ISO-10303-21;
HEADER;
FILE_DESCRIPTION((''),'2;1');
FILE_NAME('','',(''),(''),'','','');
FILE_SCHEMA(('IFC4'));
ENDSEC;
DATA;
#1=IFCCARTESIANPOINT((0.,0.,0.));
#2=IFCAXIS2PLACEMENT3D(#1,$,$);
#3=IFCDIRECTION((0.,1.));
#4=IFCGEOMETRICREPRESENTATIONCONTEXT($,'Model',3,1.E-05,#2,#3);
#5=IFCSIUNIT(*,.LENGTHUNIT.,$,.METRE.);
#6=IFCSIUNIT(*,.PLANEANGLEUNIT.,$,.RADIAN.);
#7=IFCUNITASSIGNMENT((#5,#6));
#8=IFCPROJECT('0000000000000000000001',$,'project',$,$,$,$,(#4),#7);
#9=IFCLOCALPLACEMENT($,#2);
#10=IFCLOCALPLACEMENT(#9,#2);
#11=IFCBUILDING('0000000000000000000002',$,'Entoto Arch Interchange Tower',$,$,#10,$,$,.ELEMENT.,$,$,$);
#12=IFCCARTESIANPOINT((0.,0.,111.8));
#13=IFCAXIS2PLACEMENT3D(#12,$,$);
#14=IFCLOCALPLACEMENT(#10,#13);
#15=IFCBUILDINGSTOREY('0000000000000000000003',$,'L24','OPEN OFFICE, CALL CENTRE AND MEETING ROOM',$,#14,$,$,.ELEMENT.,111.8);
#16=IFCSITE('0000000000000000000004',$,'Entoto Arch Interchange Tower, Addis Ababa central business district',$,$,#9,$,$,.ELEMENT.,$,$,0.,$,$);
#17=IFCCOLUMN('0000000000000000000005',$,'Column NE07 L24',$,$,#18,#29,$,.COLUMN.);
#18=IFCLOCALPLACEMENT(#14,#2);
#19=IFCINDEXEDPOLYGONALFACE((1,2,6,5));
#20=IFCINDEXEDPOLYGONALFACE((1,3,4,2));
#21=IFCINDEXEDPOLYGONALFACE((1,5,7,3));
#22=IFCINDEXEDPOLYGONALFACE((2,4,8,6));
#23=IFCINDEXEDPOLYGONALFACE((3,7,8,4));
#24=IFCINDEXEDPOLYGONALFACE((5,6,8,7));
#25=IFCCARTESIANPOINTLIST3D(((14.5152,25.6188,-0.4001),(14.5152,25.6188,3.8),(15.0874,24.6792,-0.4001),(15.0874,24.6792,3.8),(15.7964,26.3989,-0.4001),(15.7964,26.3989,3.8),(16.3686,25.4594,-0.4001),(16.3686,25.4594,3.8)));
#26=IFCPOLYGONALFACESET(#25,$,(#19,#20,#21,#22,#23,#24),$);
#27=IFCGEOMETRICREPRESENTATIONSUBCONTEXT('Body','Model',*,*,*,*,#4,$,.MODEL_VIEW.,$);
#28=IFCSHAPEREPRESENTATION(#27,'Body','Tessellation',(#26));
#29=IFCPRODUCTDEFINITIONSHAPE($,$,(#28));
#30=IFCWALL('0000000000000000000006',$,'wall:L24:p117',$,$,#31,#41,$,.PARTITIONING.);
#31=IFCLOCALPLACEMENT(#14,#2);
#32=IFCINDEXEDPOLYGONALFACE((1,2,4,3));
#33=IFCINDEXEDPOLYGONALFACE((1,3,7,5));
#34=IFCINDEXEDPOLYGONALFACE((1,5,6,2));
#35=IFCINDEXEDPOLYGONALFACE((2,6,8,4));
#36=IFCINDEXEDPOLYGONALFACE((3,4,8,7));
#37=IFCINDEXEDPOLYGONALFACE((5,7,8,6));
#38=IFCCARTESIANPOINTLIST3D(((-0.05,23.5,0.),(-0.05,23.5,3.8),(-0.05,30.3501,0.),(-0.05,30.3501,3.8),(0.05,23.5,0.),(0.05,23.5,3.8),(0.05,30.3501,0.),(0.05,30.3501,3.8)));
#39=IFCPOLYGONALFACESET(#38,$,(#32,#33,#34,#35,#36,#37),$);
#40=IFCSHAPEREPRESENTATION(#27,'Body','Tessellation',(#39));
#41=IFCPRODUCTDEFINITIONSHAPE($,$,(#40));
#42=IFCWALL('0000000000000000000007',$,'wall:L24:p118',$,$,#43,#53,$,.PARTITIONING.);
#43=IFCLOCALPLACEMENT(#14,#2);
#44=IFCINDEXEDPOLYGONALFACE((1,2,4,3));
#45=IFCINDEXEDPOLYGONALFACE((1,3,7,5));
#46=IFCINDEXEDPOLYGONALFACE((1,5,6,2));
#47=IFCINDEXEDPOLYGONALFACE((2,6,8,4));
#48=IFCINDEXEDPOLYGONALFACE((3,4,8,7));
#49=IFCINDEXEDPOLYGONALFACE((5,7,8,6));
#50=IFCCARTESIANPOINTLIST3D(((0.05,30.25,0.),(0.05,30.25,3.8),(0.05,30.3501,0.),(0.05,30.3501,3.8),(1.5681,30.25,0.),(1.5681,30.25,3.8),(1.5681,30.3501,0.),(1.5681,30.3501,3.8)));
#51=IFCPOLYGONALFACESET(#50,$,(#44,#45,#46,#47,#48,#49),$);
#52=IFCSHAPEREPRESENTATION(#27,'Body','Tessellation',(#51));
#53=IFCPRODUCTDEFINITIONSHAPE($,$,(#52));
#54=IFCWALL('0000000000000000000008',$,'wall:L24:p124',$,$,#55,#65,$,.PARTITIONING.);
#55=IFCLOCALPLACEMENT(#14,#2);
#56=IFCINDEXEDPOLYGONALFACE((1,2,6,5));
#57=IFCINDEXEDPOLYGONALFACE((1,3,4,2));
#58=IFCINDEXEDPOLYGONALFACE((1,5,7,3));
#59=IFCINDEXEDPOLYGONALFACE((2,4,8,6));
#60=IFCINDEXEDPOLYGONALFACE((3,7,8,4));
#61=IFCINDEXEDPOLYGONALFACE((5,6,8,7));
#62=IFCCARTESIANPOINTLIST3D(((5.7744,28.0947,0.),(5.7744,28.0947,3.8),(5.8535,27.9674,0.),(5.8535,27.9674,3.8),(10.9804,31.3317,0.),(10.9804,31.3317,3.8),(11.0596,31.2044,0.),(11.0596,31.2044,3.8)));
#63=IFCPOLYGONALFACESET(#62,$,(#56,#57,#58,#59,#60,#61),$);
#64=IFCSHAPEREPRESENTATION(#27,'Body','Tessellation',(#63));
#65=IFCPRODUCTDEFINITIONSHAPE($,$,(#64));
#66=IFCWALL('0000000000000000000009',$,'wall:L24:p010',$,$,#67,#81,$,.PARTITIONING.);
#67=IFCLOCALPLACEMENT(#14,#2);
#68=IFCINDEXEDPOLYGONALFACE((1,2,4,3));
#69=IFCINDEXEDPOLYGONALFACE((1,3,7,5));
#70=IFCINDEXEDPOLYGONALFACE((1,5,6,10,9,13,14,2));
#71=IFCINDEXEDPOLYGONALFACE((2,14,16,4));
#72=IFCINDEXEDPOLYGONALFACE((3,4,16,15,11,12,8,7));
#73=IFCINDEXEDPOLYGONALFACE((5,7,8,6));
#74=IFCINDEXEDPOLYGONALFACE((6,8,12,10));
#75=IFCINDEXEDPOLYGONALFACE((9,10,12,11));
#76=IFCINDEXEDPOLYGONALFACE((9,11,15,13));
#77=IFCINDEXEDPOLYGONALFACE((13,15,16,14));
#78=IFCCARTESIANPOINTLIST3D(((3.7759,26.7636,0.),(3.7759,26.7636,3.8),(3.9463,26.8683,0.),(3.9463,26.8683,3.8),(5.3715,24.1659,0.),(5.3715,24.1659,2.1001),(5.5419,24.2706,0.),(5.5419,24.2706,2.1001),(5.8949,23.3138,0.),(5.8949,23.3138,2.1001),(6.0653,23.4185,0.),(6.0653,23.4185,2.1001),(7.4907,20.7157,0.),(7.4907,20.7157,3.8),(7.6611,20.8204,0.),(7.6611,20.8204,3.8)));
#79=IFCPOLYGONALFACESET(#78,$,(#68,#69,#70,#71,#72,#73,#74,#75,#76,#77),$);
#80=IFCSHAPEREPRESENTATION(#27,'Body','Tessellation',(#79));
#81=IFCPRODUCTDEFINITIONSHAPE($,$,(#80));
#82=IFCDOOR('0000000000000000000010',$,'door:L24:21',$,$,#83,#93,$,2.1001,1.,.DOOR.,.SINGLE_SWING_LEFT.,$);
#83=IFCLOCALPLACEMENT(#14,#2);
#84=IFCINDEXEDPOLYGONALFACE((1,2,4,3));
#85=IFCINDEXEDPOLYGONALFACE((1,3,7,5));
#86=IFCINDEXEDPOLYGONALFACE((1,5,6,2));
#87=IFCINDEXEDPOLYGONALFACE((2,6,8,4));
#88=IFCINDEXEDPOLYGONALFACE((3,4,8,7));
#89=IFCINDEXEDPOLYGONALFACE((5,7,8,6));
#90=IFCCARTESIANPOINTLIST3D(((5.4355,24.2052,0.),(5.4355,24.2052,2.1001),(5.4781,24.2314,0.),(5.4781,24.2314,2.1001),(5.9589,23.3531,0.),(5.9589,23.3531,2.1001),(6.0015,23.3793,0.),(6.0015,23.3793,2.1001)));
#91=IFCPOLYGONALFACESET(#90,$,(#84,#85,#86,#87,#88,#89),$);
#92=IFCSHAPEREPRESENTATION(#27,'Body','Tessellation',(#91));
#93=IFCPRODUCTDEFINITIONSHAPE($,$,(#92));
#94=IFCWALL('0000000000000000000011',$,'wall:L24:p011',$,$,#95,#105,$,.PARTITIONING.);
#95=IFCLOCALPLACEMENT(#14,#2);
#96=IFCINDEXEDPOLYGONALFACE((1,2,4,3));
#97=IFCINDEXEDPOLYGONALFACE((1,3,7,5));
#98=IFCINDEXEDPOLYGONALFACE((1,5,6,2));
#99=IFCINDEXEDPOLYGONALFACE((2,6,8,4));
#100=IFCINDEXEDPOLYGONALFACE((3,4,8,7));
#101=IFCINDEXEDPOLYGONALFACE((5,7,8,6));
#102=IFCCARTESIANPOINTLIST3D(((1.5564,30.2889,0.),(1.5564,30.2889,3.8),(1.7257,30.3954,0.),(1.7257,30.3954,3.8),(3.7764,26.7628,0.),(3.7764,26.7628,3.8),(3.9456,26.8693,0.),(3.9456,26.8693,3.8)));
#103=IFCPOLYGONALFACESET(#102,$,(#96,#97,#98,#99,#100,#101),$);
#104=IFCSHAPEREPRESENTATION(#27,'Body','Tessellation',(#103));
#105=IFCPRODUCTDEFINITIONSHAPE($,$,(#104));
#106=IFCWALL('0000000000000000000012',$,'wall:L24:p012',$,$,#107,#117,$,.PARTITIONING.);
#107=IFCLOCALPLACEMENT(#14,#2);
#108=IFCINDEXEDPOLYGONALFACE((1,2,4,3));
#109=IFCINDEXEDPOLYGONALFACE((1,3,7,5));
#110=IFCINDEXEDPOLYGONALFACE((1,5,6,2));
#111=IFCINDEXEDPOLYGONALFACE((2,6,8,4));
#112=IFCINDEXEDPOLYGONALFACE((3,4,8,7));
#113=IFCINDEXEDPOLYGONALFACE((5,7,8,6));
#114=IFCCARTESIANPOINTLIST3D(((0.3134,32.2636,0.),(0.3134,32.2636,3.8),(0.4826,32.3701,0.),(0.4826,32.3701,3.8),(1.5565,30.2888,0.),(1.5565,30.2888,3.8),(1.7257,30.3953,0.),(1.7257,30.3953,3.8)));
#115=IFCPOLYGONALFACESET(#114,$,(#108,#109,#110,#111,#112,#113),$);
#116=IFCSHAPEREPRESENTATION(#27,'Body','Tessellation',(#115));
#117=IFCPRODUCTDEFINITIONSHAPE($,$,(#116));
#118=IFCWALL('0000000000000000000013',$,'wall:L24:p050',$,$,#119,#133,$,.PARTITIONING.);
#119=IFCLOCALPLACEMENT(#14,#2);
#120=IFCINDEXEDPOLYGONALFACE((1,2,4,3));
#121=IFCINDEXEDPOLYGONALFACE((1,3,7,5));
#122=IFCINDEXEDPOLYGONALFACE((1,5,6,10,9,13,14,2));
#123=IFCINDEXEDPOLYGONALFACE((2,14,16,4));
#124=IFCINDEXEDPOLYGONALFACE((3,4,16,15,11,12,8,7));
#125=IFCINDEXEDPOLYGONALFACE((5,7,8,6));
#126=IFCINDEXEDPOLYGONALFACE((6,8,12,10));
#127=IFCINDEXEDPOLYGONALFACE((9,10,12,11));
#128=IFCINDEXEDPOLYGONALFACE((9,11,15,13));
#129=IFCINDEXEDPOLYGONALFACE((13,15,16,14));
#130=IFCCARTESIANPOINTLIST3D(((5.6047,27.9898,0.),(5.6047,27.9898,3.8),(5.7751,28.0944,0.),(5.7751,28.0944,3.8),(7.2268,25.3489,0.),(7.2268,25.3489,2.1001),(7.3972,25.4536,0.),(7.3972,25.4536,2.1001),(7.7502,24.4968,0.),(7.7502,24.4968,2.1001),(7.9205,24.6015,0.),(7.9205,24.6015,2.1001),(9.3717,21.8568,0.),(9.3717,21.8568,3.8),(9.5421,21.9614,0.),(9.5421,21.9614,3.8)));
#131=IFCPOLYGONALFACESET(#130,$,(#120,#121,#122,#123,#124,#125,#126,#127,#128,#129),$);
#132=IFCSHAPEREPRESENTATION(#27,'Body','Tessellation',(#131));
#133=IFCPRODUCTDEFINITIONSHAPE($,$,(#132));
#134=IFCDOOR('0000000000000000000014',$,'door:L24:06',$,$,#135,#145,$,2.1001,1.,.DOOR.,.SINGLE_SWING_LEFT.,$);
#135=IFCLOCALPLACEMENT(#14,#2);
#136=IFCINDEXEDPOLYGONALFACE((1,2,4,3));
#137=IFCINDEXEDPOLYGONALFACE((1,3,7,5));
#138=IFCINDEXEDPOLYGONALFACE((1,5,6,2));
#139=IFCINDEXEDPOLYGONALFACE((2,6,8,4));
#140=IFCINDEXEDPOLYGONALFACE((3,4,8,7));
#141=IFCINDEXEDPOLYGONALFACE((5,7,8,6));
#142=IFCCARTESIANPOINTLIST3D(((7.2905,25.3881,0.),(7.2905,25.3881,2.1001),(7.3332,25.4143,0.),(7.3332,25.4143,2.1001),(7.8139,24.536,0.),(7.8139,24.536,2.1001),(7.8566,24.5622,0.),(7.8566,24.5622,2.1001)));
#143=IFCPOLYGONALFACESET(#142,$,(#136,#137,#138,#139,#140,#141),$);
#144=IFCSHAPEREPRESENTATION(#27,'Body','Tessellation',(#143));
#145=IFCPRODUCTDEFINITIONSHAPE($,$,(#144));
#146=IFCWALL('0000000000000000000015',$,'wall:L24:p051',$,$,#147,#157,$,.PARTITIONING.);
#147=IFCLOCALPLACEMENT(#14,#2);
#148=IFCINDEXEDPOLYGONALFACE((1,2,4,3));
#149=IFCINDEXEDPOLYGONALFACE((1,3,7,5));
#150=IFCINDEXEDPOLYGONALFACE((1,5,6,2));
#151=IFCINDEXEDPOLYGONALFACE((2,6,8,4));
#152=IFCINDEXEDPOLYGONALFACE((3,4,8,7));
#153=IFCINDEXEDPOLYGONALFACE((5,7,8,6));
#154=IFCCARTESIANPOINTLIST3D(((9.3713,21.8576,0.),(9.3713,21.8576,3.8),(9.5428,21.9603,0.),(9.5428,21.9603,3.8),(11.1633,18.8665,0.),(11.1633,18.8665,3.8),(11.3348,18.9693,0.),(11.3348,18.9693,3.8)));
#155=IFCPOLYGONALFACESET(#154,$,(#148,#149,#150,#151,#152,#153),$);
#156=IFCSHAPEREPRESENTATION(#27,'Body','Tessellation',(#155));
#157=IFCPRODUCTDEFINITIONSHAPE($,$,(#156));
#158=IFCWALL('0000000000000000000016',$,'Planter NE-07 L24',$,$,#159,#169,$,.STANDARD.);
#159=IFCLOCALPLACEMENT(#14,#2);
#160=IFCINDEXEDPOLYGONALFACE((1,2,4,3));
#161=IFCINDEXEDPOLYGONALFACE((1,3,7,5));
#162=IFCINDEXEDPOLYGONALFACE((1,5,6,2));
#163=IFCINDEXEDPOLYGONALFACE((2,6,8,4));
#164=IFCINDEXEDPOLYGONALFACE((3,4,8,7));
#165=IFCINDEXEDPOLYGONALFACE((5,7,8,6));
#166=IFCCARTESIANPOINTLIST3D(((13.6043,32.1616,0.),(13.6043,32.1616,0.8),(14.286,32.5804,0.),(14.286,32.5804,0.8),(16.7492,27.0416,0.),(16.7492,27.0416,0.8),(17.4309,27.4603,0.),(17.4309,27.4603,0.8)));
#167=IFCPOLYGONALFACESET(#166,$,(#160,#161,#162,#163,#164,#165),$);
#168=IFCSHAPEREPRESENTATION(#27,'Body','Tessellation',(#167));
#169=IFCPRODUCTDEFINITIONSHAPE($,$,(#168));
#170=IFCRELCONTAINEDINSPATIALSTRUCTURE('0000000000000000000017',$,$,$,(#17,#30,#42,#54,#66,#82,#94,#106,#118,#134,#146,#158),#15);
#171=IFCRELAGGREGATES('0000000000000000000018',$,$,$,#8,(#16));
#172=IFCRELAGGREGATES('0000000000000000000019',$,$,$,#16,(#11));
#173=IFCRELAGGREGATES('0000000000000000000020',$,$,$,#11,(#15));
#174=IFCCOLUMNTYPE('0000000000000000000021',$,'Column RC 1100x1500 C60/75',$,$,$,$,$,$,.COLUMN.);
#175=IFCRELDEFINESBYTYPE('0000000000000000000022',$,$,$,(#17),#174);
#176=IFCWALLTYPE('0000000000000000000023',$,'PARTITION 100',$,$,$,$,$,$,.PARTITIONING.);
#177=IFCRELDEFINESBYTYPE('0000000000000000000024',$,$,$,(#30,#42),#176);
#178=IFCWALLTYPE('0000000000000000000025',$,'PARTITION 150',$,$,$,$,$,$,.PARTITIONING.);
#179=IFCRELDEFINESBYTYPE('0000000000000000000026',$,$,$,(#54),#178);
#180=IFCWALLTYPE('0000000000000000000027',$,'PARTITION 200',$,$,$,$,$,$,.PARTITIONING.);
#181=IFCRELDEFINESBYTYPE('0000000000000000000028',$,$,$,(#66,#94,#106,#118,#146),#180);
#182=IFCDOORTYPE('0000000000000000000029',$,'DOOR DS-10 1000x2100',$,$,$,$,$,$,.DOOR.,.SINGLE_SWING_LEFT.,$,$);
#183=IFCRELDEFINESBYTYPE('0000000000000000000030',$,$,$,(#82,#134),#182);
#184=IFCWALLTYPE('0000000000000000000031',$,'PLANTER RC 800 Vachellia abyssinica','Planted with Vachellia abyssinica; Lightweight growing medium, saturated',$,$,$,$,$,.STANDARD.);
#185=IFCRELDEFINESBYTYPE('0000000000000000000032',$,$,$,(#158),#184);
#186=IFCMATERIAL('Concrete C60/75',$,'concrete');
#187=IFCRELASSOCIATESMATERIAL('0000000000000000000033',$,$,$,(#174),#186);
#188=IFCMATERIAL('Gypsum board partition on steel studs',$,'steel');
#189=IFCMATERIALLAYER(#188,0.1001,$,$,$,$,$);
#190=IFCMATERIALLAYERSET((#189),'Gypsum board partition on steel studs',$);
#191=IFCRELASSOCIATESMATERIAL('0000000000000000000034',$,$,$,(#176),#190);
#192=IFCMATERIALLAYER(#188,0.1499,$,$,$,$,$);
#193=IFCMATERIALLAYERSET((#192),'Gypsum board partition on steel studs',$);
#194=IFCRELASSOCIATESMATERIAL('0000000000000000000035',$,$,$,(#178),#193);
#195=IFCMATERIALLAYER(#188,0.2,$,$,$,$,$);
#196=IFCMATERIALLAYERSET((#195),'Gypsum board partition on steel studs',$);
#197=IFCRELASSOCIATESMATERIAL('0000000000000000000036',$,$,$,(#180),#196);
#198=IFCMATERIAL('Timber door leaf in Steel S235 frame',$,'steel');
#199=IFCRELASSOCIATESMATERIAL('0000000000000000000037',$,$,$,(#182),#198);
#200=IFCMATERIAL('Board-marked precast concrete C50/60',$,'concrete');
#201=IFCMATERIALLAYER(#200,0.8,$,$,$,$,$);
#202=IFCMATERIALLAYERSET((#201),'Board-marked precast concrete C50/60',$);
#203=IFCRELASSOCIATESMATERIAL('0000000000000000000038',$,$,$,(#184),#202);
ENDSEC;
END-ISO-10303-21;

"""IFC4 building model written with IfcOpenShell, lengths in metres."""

from ifc_helpers import new_model, si_unit, direction, frame, frame_2d, origin, origin_2d, place, context, subcontext, project, spatial, rectangle, extrude, material, layer, layer_set, material_profile, profile_set, type_object, element, fill, save


model = new_model("IFC4")

# Units and contexts
model_context = context("Model", 3, precision=1e-05, world=origin(), true_north=direction((0.0, 1.0)))
body_context = subcontext(model_context, "Body", "Model", "MODEL_VIEW")
ifc_project = project(units=[si_unit("LENGTHUNIT", "METRE"), si_unit("PLANEANGLEUNIT", "RADIAN")], contexts=[model_context])

# Site, building, storey
site_placement = place(None, origin())
site = spatial("IfcSite", under=ifc_project, at=site_placement, Name="Entoto Arch Interchange Tower, Addis Ababa central business district", CompositionType="ELEMENT", RefElevation=0.0)
building_placement = place(site_placement, origin())
building = spatial("IfcBuilding", under=site, at=building_placement, Name="Entoto Arch Interchange Tower", CompositionType="ELEMENT")
storey_placement = place(building_placement, frame((0.0, 0.0, 111.8)))
storey = spatial("IfcBuildingStorey", under=building, at=storey_placement, Name="L24", Description="OPEN OFFICE, CALL CENTRE AND MEETING ROOM", CompositionType="ELEMENT", Elevation=111.8)

# Column
ifc_material_1 = material(Name="Concrete C60/75", Category="concrete")
ifc_material_profile = material_profile(ifc_material_1, rectangle(XDim=1.1001, YDim=1.5, at=origin_2d()))
ifc_profile_set = profile_set([ifc_material_profile], Name="Concrete C60/75")
column_type = type_object("IfcColumnType", Name="Column RC 1100x1500 C60/75", PredefinedType="COLUMN", material=ifc_profile_set)
column_placement = place(storey_placement, frame((15.4419, 25.5391, -0.4001), z_axis=(0.0, 0.0, 1.0), x_axis=(-0.520116, 0.854096, 0.0)))
element("IfcColumn", 1, at=column_placement, inside=storey, type_object=column_type, Name="Column NE07 L24", PredefinedType="COLUMN", context=body_context, shape_type="SweptSolid", body=[
    extrude(rectangle(XDim=1.1001, YDim=1.5, at=origin_2d()), origin(), (0.0, 0.0, 1.0), 4.2002),
])

# Walls
ifc_material_2 = material(Name="Gypsum board partition on steel studs", Category="steel")
ifc_layer_1 = layer(ifc_material_2, 0.1001)
ifc_layer_set_1 = layer_set([ifc_layer_1], Name="Gypsum board partition on steel studs")
wall_type_1 = type_object("IfcWallType", Name="PARTITION 100", PredefinedType="PARTITIONING", material=ifc_layer_set_1)
wall_1_placement = place(storey_placement, frame((0.0, 23.5, 0.0), z_axis=(0.0, 0.0, 1.0), x_axis=(0.0, 1.0, 0.0)))
element("IfcWall", 2, at=wall_1_placement, inside=storey, type_object=wall_type_1, Name="wall:L24:p117", PredefinedType="PARTITIONING", context=body_context, shape_type="SweptSolid", body=[
    extrude(rectangle(XDim=6.8501, YDim=0.1001, at=frame_2d((3.425, 0.0))), origin(), (0.0, 0.0, 1.0), 3.8),
])
wall_2_placement = place(storey_placement, frame((0.05, 30.3, 0.0), z_axis=(0.0, 0.0, 1.0), x_axis=(1.0, 0.0, 0.0)))
element("IfcWall", 3, at=wall_2_placement, inside=storey, type_object=wall_type_1, Name="wall:L24:p118", PredefinedType="PARTITIONING", context=body_context, shape_type="SweptSolid", body=[
    extrude(rectangle(XDim=1.5181, YDim=0.1001, at=frame_2d((0.759, 0.0))), origin(), (0.0, 0.0, 1.0), 3.8),
])
ifc_layer_2 = layer(ifc_material_2, 0.1499)
ifc_layer_set_2 = layer_set([ifc_layer_2], Name="Gypsum board partition on steel studs")
wall_type_2 = type_object("IfcWallType", Name="PARTITION 150", PredefinedType="PARTITIONING", material=ifc_layer_set_2)
wall_3_placement = place(storey_placement, frame((5.814, 28.031, 0.0), z_axis=(0.0, 0.0, 1.0), x_axis=(0.849222, 0.528036, 0.0)))
element("IfcWall", 4, at=wall_3_placement, inside=storey, type_object=wall_type_2, Name="wall:L24:p124", PredefinedType="PARTITIONING", context=body_context, shape_type="SweptSolid", body=[
    extrude(rectangle(XDim=6.1304, YDim=0.1499, at=frame_2d((3.0652, 0.0))), origin(), (0.0, 0.0, 1.0), 3.8),
])

# Wall, opening, door
ifc_layer_3 = layer(ifc_material_2, 0.2)
ifc_layer_set_3 = layer_set([ifc_layer_3], Name="Gypsum board partition on steel studs")
wall_type_3 = type_object("IfcWallType", Name="PARTITION 200", PredefinedType="PARTITIONING", material=ifc_layer_set_3)
wall_4_placement = place(storey_placement, frame((7.5759, 20.7681, 0.0), z_axis=(0.0, 0.0, 1.0), x_axis=(-0.523391, 0.852093, 0.0)))
wall_4 = element("IfcWall", 5, at=wall_4_placement, inside=storey, type_object=wall_type_3, Name="wall:L24:p010", PredefinedType="PARTITIONING", context=body_context, shape_type="SweptSolid", body=[
    extrude(rectangle(XDim=7.0977, YDim=0.2, at=frame_2d((3.5488, 0.0))), origin(), (0.0, 0.0, 1.0), 3.8),
])
opening_1_placement = place(wall_4_placement, frame((3.0491, 0.0, 0.0)))
opening_1 = element("IfcOpeningElement", 6, at=opening_1_placement, cuts=wall_4, PredefinedType="OPENING", context=body_context, shape_type="SweptSolid", body=[
    extrude(rectangle(XDim=1.0, YDim=2.1001, at=frame_2d((0.5, 1.05))), frame((0.0, 0.1099, 0.0), z_axis=(0.0, -1.0, 0.0), x_axis=(1.0, 0.0, 0.0)), (0.0, 0.0, 1.0), 0.22),
])
ifc_material_3 = material(Name="Timber door leaf in Steel S235 frame", Category="steel")
door_type_1 = type_object("IfcDoorType", Name="DOOR DS-10 1000x2100", OperationType="SINGLE_SWING_LEFT", PredefinedType="DOOR", material=ifc_material_3)
door_1_placement = place(opening_1_placement, origin())
door_1 = element("IfcDoor", 7, at=door_1_placement, inside=storey, type_object=door_type_1, Name="door:L24:21", OperationType="SINGLE_SWING_LEFT", OverallHeight=2.1001, OverallWidth=1.0, PredefinedType="DOOR", context=body_context, shape_type="SweptSolid", body=[
    extrude(rectangle(XDim=1.0, YDim=2.1001, at=frame_2d((0.5, 1.05))), frame((0.0, 0.0249, 0.0), z_axis=(0.0, -1.0, 0.0), x_axis=(1.0, 0.0, 0.0)), (0.0, 0.0, 1.0), 0.05),
])
fill(opening_1, door_1)

# Walls
wall_5_placement = place(storey_placement, frame((3.8611, 26.8159, 0.0), z_axis=(0.0, 0.0, 1.0), x_axis=(-0.532782, 0.846252, 0.0)))
element("IfcWall", 8, at=wall_5_placement, inside=storey, type_object=wall_type_3, Name="wall:L24:p011", PredefinedType="PARTITIONING", context=body_context, shape_type="SweptSolid", body=[
    extrude(rectangle(XDim=4.1667, YDim=0.2, at=frame_2d((2.0835, 0.0))), origin(), (0.0, 0.0, 1.0), 3.8),
])
wall_6_placement = place(storey_placement, frame((1.6411, 30.342, 0.0), z_axis=(0.0, 0.0, 1.0), x_axis=(-0.532733, 0.846284, 0.0)))
element("IfcWall", 9, at=wall_6_placement, inside=storey, type_object=wall_type_3, Name="wall:L24:p012", PredefinedType="PARTITIONING", context=body_context, shape_type="SweptSolid", body=[
    extrude(rectangle(XDim=2.3335, YDim=0.2, at=frame_2d((1.1667, 0.0))), origin(), (0.0, 0.0, 1.0), 3.8),
])

# Wall, opening, door
wall_7_placement = place(storey_placement, frame((5.6899, 28.042, 0.0), z_axis=(0.0, 0.0, 1.0), x_axis=(0.523382, -0.852098, 0.0)))
wall_7 = element("IfcWall", 10, at=wall_7_placement, inside=storey, type_object=wall_type_3, Name="wall:L24:p050", PredefinedType="PARTITIONING", context=body_context, shape_type="SweptSolid", body=[
    extrude(rectangle(XDim=7.1975, YDim=0.2, at=frame_2d((3.5986, 0.0))), origin(), (0.0, 0.0, 1.0), 3.8),
])
opening_2_placement = place(wall_7_placement, frame((3.0991, 0.0, 0.0)))
opening_2 = element("IfcOpeningElement", 11, at=opening_2_placement, cuts=wall_7, PredefinedType="OPENING", context=body_context, shape_type="SweptSolid", body=[
    extrude(rectangle(XDim=1.0, YDim=2.1001, at=frame_2d((0.5, 1.05))), frame((0.0, 0.1099, 0.0), z_axis=(0.0, -1.0, 0.0), x_axis=(1.0, 0.0, 0.0)), (0.0, 0.0, 1.0), 0.22),
])
door_2_placement = place(opening_2_placement, origin())
door_2 = element("IfcDoor", 12, at=door_2_placement, inside=storey, type_object=door_type_1, Name="door:L24:06", OperationType="SINGLE_SWING_LEFT", OverallHeight=2.1001, OverallWidth=1.0, PredefinedType="DOOR", context=body_context, shape_type="SweptSolid", body=[
    extrude(rectangle(XDim=1.0, YDim=2.1001, at=frame_2d((0.5, 1.05))), frame((0.0, 0.0249, 0.0), z_axis=(0.0, -1.0, 0.0), x_axis=(1.0, 0.0, 0.0)), (0.0, 0.0, 1.0), 0.05),
])
fill(opening_2, door_2)

# Walls
wall_8_placement = place(storey_placement, frame((9.457, 21.9089, 0.0), z_axis=(0.0, 0.0, 1.0), x_axis=(0.51395, -0.85782, 0.0)))
element("IfcWall", 13, at=wall_8_placement, inside=storey, type_object=wall_type_3, Name="wall:L24:p051", PredefinedType="PARTITIONING", context=body_context, shape_type="SweptSolid", body=[
    extrude(rectangle(XDim=3.4868, YDim=0.2, at=frame_2d((1.7434, 0.0))), origin(), (0.0, 0.0, 1.0), 3.8),
])
ifc_material_4 = material(Name="Board-marked precast concrete C50/60", Category="concrete")
ifc_layer_4 = layer(ifc_material_4, 0.8)
ifc_layer_set_4 = layer_set([ifc_layer_4], Name="Board-marked precast concrete C50/60")
wall_type_4 = type_object("IfcWallType", Name="PLANTER RC 800 Vachellia abyssinica", Description="Planted with Vachellia abyssinica; Lightweight growing medium, saturated", PredefinedType="STANDARD", material=ifc_layer_set_4)
wall_9_placement = place(storey_placement, frame((17.0901, 27.251, 0.0), z_axis=(0.0, 0.0, 1.0), x_axis=(-0.523395, 0.85209, 0.0)))
element("IfcWall", 14, at=wall_9_placement, inside=storey, type_object=wall_type_4, Name="Planter NE-07 L24", PredefinedType="STANDARD", context=body_context, shape_type="SweptSolid", body=[
    extrude(rectangle(XDim=6.0088, YDim=0.8, at=frame_2d((3.0044, 0.0))), origin(), (0.0, 0.0, 1.0), 0.8),
])

save(model, "model.ifc")
